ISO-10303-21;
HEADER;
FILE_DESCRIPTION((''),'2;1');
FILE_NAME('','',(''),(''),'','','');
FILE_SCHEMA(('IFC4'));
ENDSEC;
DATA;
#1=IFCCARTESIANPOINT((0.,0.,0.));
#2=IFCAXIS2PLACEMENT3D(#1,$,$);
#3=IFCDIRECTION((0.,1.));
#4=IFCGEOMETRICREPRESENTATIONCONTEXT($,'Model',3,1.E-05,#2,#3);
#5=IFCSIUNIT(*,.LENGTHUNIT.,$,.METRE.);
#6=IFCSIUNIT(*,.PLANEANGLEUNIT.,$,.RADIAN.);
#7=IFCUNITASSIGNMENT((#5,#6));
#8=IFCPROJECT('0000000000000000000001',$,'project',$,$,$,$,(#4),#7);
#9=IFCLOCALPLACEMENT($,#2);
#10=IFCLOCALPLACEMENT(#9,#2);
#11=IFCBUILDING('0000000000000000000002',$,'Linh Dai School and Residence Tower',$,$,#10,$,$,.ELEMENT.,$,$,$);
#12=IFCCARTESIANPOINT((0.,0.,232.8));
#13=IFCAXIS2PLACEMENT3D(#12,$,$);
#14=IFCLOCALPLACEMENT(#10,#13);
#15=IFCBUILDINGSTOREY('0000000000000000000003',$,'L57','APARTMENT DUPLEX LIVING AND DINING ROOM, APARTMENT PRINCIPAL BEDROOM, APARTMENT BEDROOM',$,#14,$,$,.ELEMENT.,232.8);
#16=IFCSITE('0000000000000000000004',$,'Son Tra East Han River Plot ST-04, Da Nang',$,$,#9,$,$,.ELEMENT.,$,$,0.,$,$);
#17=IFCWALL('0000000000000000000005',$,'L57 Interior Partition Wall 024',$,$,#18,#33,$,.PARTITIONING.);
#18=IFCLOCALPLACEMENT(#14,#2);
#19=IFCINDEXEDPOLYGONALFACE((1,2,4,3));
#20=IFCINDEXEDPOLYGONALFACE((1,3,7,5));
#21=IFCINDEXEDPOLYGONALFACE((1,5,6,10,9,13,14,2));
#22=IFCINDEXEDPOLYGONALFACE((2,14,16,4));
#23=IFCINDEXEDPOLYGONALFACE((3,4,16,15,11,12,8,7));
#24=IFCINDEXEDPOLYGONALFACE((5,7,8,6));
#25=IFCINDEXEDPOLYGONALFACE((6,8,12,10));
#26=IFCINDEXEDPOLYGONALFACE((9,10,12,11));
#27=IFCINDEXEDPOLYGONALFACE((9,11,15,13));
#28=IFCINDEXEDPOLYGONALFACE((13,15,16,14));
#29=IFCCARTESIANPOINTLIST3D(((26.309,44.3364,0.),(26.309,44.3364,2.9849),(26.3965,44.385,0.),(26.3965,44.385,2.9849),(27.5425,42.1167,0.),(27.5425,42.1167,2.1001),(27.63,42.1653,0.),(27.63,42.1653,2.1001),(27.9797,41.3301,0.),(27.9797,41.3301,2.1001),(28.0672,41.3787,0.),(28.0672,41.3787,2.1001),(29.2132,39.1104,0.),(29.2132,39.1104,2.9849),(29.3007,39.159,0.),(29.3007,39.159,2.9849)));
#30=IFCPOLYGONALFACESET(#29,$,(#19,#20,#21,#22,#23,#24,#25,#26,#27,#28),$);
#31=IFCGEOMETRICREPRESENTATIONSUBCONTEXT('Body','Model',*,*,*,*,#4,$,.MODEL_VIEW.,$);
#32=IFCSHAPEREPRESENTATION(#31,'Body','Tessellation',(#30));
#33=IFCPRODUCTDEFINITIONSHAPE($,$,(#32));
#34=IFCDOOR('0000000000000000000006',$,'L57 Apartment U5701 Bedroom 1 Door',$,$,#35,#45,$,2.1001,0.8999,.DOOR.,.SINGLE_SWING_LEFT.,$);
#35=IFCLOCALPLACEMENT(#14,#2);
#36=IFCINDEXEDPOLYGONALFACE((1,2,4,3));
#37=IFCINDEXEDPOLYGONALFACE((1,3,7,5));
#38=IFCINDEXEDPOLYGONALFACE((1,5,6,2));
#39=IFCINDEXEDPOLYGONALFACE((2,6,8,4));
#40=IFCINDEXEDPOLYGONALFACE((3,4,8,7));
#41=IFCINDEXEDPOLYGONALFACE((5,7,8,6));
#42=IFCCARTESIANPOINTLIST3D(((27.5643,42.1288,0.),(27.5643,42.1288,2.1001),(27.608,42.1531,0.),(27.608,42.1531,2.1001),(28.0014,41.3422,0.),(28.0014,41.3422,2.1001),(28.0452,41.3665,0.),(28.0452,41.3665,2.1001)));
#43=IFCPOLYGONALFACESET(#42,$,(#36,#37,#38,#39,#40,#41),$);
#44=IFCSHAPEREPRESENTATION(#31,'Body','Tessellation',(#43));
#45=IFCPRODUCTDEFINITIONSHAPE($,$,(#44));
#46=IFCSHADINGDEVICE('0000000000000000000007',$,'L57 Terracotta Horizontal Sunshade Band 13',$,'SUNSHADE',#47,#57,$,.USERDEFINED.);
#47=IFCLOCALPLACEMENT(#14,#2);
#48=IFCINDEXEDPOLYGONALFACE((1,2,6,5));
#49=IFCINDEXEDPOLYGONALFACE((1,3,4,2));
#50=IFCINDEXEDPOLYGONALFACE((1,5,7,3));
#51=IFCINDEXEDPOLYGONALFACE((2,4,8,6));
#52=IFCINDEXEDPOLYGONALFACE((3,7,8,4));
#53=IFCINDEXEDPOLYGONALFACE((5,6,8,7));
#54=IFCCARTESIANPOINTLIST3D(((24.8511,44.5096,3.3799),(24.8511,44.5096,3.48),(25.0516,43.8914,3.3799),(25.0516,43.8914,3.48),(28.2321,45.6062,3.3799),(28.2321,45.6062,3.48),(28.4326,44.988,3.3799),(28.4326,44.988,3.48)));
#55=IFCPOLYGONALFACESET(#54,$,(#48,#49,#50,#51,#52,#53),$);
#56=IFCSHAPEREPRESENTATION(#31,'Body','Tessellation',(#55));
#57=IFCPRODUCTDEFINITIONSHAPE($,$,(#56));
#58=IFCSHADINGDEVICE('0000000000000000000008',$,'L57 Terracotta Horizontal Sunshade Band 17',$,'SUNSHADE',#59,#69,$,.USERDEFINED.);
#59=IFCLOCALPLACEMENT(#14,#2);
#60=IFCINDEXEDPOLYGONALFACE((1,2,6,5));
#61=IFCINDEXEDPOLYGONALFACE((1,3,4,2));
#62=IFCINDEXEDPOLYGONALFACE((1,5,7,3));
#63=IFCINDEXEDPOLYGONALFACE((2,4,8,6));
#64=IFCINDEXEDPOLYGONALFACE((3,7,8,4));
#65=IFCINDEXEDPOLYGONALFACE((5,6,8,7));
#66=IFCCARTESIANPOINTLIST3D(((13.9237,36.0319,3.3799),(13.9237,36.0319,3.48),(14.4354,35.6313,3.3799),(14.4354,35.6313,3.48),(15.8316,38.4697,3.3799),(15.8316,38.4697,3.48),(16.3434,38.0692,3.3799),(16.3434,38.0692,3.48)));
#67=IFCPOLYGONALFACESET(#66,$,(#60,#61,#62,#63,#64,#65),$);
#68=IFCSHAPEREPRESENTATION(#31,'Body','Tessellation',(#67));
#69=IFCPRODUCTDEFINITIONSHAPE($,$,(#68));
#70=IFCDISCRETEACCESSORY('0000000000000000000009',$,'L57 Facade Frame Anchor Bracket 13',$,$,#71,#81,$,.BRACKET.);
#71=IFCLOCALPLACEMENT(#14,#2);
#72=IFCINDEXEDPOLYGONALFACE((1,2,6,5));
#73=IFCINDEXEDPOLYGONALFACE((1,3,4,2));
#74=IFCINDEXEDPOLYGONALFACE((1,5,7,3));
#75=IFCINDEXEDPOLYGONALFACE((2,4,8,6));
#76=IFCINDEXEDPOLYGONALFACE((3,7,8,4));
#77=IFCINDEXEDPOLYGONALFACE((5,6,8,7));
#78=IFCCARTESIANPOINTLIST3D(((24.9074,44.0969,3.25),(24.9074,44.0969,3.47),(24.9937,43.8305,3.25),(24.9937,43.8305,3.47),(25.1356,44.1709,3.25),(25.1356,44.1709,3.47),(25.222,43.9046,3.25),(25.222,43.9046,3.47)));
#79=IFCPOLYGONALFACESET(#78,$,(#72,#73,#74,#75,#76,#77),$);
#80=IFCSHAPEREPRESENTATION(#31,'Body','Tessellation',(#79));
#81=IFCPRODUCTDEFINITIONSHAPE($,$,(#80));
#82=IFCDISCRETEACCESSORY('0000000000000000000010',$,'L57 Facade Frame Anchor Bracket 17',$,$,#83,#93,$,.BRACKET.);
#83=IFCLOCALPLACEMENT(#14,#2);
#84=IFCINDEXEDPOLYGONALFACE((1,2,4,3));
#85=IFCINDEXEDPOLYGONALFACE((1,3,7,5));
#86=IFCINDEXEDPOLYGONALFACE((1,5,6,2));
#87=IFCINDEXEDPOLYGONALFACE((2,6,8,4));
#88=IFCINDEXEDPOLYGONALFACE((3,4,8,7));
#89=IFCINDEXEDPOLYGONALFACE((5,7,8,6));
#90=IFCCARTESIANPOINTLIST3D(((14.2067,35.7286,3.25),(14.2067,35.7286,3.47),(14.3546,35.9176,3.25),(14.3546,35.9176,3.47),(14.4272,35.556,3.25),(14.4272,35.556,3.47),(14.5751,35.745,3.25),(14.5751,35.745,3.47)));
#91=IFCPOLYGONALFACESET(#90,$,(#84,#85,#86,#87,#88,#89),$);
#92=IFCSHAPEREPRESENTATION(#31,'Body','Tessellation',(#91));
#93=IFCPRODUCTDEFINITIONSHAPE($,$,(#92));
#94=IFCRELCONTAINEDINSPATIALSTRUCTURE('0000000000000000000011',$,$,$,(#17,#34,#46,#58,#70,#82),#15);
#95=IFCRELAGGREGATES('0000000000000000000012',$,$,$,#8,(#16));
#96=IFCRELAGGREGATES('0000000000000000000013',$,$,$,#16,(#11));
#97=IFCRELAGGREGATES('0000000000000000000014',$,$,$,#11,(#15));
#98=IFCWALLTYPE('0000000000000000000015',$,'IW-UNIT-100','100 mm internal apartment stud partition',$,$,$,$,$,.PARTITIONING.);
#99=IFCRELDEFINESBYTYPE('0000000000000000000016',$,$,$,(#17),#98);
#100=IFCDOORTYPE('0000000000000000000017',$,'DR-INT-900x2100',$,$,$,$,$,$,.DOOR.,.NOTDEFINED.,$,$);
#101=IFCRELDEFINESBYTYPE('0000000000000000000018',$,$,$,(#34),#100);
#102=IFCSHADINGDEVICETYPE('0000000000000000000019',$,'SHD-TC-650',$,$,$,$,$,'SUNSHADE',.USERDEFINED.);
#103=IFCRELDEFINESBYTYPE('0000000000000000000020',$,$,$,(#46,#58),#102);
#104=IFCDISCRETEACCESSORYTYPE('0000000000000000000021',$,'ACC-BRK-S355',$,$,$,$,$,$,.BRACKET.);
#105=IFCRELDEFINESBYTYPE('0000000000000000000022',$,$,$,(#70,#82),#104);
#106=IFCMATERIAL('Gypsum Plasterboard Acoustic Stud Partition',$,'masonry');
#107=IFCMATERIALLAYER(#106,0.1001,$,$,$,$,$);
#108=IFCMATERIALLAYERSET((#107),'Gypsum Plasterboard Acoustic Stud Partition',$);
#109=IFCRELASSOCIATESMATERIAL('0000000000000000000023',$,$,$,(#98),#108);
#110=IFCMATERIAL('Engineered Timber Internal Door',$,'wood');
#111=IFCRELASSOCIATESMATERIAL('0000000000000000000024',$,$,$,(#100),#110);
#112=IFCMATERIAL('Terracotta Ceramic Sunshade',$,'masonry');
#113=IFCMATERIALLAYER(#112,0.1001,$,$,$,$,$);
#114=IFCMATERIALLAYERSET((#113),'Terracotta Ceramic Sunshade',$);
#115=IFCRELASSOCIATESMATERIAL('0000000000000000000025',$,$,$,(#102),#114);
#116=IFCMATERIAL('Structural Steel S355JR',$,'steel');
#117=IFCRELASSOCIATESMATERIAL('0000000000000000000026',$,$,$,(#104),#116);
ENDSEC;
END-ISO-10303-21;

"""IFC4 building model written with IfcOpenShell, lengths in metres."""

from ifc_helpers import new_model, si_unit, direction, frame, frame_2d, origin, origin_2d, place, context, subcontext, project, spatial, rectangle, extrude, source, transform, mapped, material, layer, layer_set, type_object, element, fill, save


model = new_model("IFC4")

# Units and contexts
model_context = context("Model", 3, precision=1e-05, world=origin(), true_north=direction((0.0, 1.0)))
body_context = subcontext(model_context, "Body", "Model", "MODEL_VIEW")
ifc_project = project(units=[si_unit("LENGTHUNIT", "METRE"), si_unit("PLANEANGLEUNIT", "RADIAN")], contexts=[model_context])

# Site, building, storey
site_placement = place(None, origin())
site = spatial("IfcSite", under=ifc_project, at=site_placement, Name="Son Tra East Han River Plot ST-04, Da Nang", CompositionType="ELEMENT", RefElevation=0.0)
building_placement = place(site_placement, origin())
building = spatial("IfcBuilding", under=site, at=building_placement, Name="Linh Dai School and Residence Tower", CompositionType="ELEMENT")
storey_placement = place(building_placement, frame((0.0, 0.0, 232.8)))
storey = spatial("IfcBuildingStorey", under=building, at=storey_placement, Name="L57", Description="APARTMENT DUPLEX LIVING AND DINING ROOM, APARTMENT PRINCIPAL BEDROOM, APARTMENT BEDROOM", CompositionType="ELEMENT", Elevation=232.8)

# Shared definitions
ifc_material_1 = material(Name="Structural Steel S355JR", Category="steel")

# Shared definitions
ifc_material_2 = material(Name="Gypsum Plasterboard Acoustic Stud Partition", Category="masonry")
ifc_layer_1 = layer(ifc_material_2, 0.1001)
ifc_layer_set_1 = layer_set([ifc_layer_1], Name="Gypsum Plasterboard Acoustic Stud Partition")
wall_type_1 = type_object("IfcWallType", Name="IW-UNIT-100", Description="100 mm internal apartment stud partition", PredefinedType="PARTITIONING", material=ifc_layer_set_1)

# Wall, opening, door
wall_1_placement = place(storey_placement, frame((26.3528, 44.3606, 0.0), z_axis=(0.0, 0.0, 1.0), x_axis=(0.485761, -0.874092, 0.0)))
wall_1 = element("IfcWall", 1, at=wall_1_placement, inside=storey, type_object=wall_type_1, Name="L57 Interior Partition Wall 024", PredefinedType="PARTITIONING", context=body_context, shape_type="SweptSolid", body=[
    extrude(rectangle(XDim=5.9788, YDim=0.1001, at=frame_2d((2.9893, 0.0))), origin(), (0.0, 0.0, 1.0), 2.9849),
])
opening_1_placement = place(wall_1_placement, frame((2.5393, 0.0, 0.0)))
opening_1 = element("IfcOpeningElement", 2, at=opening_1_placement, cuts=wall_1, PredefinedType="OPENING", context=body_context, shape_type="SweptSolid", body=[
    extrude(rectangle(XDim=0.8999, YDim=2.1001, at=origin_2d()), frame((0.45, 0.0601, 1.05), z_axis=(0.0, -1.0, 0.0), x_axis=(1.0, 0.0, 0.0)), (0.0, 0.0, 1.0), 0.1201),
])
ifc_material_3 = material(Name="Engineered Timber Internal Door", Category="wood")
door_type_1 = type_object("IfcDoorType", Name="DR-INT-900x2100", OperationType="NOTDEFINED", PredefinedType="DOOR", material=ifc_material_3)
shared_shape_1 = source(origin(), body_context, "Body", "SweptSolid", [
    extrude(rectangle(XDim=0.8999, YDim=2.1001, at=origin_2d()), frame((0.45, 0.0249, 1.05), z_axis=(0.0, -1.0, 0.0), x_axis=(1.0, 0.0, 0.0)), (0.0, 0.0, 1.0), 0.05),
])
door_1_placement = place(opening_1_placement, origin())
door_1 = element("IfcDoor", 3, at=door_1_placement, inside=storey, type_object=door_type_1, Name="L57 Apartment U5701 Bedroom 1 Door", OperationType="SINGLE_SWING_LEFT", OverallHeight=2.1001, OverallWidth=0.8999, PredefinedType="DOOR", context=body_context, shape_type="MappedRepresentation", body=[
    mapped(shared_shape_1, transform((0.0, 0.0, 0.0), x_axis=(1.0, 0.0, 0.0), y_axis=(0.0, 1.0, 0.0), z_axis=(0.0, 0.0, 1.0), scale=1.0)),
])
fill(opening_1, door_1)

# Shading devices
ifc_material_4 = material(Name="Terracotta Ceramic Sunshade", Category="masonry")
ifc_layer_2 = layer(ifc_material_4, 0.1001)
ifc_layer_set_2 = layer_set([ifc_layer_2], Name="Terracotta Ceramic Sunshade")
shading_device_type = type_object("IfcShadingDeviceType", Name="SHD-TC-650", ElementType="SUNSHADE", PredefinedType="USERDEFINED", material=ifc_layer_set_2)
shared_shape_2 = source(origin(), body_context, "Body", "SweptSolid", [
    extrude(rectangle(XDim=3.5544, YDim=0.6499, at=origin_2d()), origin(), (0.0, 0.0, 1.0), 0.1001),
])
shading_device_1_placement = place(storey_placement, frame((26.6418, 44.7488, 3.3799), z_axis=(0.0, 0.0, 1.0), x_axis=(0.951224, 0.308501, 0.0)))
element("IfcShadingDevice", 4, at=shading_device_1_placement, inside=storey, type_object=shading_device_type, Name="L57 Terracotta Horizontal Sunshade Band 13", ObjectType="SUNSHADE", PredefinedType="USERDEFINED", context=body_context, shape_type="MappedRepresentation", body=[
    mapped(shared_shape_2, transform((0.0, 0.0, 0.0), x_axis=(1.0, 0.0, 0.0), y_axis=(0.0, 1.0, 0.0), z_axis=(0.0, 0.0, 1.0), scale=1.0)),
])
shared_shape_3 = source(origin(), body_context, "Body", "SweptSolid", [
    extrude(rectangle(XDim=3.0957, YDim=0.6499, at=origin_2d()), origin(), (0.0, 0.0, 1.0), 0.1001),
])
shading_device_2_placement = place(storey_placement, frame((15.1335, 37.0505, 3.3799), z_axis=(0.0, 0.0, 1.0), x_axis=(0.616332, 0.787487, 0.0)))
element("IfcShadingDevice", 5, at=shading_device_2_placement, inside=storey, type_object=shading_device_type, Name="L57 Terracotta Horizontal Sunshade Band 17", ObjectType="SUNSHADE", PredefinedType="USERDEFINED", context=body_context, shape_type="MappedRepresentation", body=[
    mapped(shared_shape_3, transform((0.0, 0.0, 0.0), x_axis=(1.0, 0.0, 0.0), y_axis=(0.0, 1.0, 0.0), z_axis=(0.0, 0.0, 1.0), scale=1.0)),
])

# Discrete accessories
discrete_accessory_type = type_object("IfcDiscreteAccessoryType", Name="ACC-BRK-S355", PredefinedType="BRACKET", material=ifc_material_1)
shared_shape_4 = source(origin(), body_context, "Body", "SweptSolid", [
    extrude(rectangle(XDim=0.28, YDim=0.24, at=origin_2d()), origin(), (0.0, 0.0, 1.0), 0.22),
])
for number, where, z_axis, x_axis, name in (
    (6, (25.0647, 44.0007, 3.25), (0.0, 0.0, 1.0), (-0.308501, 0.951224, 0.0), "L57 Facade Frame Anchor Bracket 13"),
    (7, (14.3909, 35.7368, 3.25), (0.0, 0.0, 1.0), (-0.787487, 0.616332, 0.0), "L57 Facade Frame Anchor Bracket 17"),
):
    element("IfcDiscreteAccessory", number, at=place(storey_placement, frame(where, z_axis=z_axis, x_axis=x_axis)), inside=storey, type_object=discrete_accessory_type, Name=name, PredefinedType="BRACKET", context=body_context, shape_type="MappedRepresentation", body=[
        mapped(shared_shape_4, transform((0.0, 0.0, 0.0), x_axis=(1.0, 0.0, 0.0), y_axis=(0.0, 1.0, 0.0), z_axis=(0.0, 0.0, 1.0), scale=1.0)),
    ])

save(model, "model.ifc")
